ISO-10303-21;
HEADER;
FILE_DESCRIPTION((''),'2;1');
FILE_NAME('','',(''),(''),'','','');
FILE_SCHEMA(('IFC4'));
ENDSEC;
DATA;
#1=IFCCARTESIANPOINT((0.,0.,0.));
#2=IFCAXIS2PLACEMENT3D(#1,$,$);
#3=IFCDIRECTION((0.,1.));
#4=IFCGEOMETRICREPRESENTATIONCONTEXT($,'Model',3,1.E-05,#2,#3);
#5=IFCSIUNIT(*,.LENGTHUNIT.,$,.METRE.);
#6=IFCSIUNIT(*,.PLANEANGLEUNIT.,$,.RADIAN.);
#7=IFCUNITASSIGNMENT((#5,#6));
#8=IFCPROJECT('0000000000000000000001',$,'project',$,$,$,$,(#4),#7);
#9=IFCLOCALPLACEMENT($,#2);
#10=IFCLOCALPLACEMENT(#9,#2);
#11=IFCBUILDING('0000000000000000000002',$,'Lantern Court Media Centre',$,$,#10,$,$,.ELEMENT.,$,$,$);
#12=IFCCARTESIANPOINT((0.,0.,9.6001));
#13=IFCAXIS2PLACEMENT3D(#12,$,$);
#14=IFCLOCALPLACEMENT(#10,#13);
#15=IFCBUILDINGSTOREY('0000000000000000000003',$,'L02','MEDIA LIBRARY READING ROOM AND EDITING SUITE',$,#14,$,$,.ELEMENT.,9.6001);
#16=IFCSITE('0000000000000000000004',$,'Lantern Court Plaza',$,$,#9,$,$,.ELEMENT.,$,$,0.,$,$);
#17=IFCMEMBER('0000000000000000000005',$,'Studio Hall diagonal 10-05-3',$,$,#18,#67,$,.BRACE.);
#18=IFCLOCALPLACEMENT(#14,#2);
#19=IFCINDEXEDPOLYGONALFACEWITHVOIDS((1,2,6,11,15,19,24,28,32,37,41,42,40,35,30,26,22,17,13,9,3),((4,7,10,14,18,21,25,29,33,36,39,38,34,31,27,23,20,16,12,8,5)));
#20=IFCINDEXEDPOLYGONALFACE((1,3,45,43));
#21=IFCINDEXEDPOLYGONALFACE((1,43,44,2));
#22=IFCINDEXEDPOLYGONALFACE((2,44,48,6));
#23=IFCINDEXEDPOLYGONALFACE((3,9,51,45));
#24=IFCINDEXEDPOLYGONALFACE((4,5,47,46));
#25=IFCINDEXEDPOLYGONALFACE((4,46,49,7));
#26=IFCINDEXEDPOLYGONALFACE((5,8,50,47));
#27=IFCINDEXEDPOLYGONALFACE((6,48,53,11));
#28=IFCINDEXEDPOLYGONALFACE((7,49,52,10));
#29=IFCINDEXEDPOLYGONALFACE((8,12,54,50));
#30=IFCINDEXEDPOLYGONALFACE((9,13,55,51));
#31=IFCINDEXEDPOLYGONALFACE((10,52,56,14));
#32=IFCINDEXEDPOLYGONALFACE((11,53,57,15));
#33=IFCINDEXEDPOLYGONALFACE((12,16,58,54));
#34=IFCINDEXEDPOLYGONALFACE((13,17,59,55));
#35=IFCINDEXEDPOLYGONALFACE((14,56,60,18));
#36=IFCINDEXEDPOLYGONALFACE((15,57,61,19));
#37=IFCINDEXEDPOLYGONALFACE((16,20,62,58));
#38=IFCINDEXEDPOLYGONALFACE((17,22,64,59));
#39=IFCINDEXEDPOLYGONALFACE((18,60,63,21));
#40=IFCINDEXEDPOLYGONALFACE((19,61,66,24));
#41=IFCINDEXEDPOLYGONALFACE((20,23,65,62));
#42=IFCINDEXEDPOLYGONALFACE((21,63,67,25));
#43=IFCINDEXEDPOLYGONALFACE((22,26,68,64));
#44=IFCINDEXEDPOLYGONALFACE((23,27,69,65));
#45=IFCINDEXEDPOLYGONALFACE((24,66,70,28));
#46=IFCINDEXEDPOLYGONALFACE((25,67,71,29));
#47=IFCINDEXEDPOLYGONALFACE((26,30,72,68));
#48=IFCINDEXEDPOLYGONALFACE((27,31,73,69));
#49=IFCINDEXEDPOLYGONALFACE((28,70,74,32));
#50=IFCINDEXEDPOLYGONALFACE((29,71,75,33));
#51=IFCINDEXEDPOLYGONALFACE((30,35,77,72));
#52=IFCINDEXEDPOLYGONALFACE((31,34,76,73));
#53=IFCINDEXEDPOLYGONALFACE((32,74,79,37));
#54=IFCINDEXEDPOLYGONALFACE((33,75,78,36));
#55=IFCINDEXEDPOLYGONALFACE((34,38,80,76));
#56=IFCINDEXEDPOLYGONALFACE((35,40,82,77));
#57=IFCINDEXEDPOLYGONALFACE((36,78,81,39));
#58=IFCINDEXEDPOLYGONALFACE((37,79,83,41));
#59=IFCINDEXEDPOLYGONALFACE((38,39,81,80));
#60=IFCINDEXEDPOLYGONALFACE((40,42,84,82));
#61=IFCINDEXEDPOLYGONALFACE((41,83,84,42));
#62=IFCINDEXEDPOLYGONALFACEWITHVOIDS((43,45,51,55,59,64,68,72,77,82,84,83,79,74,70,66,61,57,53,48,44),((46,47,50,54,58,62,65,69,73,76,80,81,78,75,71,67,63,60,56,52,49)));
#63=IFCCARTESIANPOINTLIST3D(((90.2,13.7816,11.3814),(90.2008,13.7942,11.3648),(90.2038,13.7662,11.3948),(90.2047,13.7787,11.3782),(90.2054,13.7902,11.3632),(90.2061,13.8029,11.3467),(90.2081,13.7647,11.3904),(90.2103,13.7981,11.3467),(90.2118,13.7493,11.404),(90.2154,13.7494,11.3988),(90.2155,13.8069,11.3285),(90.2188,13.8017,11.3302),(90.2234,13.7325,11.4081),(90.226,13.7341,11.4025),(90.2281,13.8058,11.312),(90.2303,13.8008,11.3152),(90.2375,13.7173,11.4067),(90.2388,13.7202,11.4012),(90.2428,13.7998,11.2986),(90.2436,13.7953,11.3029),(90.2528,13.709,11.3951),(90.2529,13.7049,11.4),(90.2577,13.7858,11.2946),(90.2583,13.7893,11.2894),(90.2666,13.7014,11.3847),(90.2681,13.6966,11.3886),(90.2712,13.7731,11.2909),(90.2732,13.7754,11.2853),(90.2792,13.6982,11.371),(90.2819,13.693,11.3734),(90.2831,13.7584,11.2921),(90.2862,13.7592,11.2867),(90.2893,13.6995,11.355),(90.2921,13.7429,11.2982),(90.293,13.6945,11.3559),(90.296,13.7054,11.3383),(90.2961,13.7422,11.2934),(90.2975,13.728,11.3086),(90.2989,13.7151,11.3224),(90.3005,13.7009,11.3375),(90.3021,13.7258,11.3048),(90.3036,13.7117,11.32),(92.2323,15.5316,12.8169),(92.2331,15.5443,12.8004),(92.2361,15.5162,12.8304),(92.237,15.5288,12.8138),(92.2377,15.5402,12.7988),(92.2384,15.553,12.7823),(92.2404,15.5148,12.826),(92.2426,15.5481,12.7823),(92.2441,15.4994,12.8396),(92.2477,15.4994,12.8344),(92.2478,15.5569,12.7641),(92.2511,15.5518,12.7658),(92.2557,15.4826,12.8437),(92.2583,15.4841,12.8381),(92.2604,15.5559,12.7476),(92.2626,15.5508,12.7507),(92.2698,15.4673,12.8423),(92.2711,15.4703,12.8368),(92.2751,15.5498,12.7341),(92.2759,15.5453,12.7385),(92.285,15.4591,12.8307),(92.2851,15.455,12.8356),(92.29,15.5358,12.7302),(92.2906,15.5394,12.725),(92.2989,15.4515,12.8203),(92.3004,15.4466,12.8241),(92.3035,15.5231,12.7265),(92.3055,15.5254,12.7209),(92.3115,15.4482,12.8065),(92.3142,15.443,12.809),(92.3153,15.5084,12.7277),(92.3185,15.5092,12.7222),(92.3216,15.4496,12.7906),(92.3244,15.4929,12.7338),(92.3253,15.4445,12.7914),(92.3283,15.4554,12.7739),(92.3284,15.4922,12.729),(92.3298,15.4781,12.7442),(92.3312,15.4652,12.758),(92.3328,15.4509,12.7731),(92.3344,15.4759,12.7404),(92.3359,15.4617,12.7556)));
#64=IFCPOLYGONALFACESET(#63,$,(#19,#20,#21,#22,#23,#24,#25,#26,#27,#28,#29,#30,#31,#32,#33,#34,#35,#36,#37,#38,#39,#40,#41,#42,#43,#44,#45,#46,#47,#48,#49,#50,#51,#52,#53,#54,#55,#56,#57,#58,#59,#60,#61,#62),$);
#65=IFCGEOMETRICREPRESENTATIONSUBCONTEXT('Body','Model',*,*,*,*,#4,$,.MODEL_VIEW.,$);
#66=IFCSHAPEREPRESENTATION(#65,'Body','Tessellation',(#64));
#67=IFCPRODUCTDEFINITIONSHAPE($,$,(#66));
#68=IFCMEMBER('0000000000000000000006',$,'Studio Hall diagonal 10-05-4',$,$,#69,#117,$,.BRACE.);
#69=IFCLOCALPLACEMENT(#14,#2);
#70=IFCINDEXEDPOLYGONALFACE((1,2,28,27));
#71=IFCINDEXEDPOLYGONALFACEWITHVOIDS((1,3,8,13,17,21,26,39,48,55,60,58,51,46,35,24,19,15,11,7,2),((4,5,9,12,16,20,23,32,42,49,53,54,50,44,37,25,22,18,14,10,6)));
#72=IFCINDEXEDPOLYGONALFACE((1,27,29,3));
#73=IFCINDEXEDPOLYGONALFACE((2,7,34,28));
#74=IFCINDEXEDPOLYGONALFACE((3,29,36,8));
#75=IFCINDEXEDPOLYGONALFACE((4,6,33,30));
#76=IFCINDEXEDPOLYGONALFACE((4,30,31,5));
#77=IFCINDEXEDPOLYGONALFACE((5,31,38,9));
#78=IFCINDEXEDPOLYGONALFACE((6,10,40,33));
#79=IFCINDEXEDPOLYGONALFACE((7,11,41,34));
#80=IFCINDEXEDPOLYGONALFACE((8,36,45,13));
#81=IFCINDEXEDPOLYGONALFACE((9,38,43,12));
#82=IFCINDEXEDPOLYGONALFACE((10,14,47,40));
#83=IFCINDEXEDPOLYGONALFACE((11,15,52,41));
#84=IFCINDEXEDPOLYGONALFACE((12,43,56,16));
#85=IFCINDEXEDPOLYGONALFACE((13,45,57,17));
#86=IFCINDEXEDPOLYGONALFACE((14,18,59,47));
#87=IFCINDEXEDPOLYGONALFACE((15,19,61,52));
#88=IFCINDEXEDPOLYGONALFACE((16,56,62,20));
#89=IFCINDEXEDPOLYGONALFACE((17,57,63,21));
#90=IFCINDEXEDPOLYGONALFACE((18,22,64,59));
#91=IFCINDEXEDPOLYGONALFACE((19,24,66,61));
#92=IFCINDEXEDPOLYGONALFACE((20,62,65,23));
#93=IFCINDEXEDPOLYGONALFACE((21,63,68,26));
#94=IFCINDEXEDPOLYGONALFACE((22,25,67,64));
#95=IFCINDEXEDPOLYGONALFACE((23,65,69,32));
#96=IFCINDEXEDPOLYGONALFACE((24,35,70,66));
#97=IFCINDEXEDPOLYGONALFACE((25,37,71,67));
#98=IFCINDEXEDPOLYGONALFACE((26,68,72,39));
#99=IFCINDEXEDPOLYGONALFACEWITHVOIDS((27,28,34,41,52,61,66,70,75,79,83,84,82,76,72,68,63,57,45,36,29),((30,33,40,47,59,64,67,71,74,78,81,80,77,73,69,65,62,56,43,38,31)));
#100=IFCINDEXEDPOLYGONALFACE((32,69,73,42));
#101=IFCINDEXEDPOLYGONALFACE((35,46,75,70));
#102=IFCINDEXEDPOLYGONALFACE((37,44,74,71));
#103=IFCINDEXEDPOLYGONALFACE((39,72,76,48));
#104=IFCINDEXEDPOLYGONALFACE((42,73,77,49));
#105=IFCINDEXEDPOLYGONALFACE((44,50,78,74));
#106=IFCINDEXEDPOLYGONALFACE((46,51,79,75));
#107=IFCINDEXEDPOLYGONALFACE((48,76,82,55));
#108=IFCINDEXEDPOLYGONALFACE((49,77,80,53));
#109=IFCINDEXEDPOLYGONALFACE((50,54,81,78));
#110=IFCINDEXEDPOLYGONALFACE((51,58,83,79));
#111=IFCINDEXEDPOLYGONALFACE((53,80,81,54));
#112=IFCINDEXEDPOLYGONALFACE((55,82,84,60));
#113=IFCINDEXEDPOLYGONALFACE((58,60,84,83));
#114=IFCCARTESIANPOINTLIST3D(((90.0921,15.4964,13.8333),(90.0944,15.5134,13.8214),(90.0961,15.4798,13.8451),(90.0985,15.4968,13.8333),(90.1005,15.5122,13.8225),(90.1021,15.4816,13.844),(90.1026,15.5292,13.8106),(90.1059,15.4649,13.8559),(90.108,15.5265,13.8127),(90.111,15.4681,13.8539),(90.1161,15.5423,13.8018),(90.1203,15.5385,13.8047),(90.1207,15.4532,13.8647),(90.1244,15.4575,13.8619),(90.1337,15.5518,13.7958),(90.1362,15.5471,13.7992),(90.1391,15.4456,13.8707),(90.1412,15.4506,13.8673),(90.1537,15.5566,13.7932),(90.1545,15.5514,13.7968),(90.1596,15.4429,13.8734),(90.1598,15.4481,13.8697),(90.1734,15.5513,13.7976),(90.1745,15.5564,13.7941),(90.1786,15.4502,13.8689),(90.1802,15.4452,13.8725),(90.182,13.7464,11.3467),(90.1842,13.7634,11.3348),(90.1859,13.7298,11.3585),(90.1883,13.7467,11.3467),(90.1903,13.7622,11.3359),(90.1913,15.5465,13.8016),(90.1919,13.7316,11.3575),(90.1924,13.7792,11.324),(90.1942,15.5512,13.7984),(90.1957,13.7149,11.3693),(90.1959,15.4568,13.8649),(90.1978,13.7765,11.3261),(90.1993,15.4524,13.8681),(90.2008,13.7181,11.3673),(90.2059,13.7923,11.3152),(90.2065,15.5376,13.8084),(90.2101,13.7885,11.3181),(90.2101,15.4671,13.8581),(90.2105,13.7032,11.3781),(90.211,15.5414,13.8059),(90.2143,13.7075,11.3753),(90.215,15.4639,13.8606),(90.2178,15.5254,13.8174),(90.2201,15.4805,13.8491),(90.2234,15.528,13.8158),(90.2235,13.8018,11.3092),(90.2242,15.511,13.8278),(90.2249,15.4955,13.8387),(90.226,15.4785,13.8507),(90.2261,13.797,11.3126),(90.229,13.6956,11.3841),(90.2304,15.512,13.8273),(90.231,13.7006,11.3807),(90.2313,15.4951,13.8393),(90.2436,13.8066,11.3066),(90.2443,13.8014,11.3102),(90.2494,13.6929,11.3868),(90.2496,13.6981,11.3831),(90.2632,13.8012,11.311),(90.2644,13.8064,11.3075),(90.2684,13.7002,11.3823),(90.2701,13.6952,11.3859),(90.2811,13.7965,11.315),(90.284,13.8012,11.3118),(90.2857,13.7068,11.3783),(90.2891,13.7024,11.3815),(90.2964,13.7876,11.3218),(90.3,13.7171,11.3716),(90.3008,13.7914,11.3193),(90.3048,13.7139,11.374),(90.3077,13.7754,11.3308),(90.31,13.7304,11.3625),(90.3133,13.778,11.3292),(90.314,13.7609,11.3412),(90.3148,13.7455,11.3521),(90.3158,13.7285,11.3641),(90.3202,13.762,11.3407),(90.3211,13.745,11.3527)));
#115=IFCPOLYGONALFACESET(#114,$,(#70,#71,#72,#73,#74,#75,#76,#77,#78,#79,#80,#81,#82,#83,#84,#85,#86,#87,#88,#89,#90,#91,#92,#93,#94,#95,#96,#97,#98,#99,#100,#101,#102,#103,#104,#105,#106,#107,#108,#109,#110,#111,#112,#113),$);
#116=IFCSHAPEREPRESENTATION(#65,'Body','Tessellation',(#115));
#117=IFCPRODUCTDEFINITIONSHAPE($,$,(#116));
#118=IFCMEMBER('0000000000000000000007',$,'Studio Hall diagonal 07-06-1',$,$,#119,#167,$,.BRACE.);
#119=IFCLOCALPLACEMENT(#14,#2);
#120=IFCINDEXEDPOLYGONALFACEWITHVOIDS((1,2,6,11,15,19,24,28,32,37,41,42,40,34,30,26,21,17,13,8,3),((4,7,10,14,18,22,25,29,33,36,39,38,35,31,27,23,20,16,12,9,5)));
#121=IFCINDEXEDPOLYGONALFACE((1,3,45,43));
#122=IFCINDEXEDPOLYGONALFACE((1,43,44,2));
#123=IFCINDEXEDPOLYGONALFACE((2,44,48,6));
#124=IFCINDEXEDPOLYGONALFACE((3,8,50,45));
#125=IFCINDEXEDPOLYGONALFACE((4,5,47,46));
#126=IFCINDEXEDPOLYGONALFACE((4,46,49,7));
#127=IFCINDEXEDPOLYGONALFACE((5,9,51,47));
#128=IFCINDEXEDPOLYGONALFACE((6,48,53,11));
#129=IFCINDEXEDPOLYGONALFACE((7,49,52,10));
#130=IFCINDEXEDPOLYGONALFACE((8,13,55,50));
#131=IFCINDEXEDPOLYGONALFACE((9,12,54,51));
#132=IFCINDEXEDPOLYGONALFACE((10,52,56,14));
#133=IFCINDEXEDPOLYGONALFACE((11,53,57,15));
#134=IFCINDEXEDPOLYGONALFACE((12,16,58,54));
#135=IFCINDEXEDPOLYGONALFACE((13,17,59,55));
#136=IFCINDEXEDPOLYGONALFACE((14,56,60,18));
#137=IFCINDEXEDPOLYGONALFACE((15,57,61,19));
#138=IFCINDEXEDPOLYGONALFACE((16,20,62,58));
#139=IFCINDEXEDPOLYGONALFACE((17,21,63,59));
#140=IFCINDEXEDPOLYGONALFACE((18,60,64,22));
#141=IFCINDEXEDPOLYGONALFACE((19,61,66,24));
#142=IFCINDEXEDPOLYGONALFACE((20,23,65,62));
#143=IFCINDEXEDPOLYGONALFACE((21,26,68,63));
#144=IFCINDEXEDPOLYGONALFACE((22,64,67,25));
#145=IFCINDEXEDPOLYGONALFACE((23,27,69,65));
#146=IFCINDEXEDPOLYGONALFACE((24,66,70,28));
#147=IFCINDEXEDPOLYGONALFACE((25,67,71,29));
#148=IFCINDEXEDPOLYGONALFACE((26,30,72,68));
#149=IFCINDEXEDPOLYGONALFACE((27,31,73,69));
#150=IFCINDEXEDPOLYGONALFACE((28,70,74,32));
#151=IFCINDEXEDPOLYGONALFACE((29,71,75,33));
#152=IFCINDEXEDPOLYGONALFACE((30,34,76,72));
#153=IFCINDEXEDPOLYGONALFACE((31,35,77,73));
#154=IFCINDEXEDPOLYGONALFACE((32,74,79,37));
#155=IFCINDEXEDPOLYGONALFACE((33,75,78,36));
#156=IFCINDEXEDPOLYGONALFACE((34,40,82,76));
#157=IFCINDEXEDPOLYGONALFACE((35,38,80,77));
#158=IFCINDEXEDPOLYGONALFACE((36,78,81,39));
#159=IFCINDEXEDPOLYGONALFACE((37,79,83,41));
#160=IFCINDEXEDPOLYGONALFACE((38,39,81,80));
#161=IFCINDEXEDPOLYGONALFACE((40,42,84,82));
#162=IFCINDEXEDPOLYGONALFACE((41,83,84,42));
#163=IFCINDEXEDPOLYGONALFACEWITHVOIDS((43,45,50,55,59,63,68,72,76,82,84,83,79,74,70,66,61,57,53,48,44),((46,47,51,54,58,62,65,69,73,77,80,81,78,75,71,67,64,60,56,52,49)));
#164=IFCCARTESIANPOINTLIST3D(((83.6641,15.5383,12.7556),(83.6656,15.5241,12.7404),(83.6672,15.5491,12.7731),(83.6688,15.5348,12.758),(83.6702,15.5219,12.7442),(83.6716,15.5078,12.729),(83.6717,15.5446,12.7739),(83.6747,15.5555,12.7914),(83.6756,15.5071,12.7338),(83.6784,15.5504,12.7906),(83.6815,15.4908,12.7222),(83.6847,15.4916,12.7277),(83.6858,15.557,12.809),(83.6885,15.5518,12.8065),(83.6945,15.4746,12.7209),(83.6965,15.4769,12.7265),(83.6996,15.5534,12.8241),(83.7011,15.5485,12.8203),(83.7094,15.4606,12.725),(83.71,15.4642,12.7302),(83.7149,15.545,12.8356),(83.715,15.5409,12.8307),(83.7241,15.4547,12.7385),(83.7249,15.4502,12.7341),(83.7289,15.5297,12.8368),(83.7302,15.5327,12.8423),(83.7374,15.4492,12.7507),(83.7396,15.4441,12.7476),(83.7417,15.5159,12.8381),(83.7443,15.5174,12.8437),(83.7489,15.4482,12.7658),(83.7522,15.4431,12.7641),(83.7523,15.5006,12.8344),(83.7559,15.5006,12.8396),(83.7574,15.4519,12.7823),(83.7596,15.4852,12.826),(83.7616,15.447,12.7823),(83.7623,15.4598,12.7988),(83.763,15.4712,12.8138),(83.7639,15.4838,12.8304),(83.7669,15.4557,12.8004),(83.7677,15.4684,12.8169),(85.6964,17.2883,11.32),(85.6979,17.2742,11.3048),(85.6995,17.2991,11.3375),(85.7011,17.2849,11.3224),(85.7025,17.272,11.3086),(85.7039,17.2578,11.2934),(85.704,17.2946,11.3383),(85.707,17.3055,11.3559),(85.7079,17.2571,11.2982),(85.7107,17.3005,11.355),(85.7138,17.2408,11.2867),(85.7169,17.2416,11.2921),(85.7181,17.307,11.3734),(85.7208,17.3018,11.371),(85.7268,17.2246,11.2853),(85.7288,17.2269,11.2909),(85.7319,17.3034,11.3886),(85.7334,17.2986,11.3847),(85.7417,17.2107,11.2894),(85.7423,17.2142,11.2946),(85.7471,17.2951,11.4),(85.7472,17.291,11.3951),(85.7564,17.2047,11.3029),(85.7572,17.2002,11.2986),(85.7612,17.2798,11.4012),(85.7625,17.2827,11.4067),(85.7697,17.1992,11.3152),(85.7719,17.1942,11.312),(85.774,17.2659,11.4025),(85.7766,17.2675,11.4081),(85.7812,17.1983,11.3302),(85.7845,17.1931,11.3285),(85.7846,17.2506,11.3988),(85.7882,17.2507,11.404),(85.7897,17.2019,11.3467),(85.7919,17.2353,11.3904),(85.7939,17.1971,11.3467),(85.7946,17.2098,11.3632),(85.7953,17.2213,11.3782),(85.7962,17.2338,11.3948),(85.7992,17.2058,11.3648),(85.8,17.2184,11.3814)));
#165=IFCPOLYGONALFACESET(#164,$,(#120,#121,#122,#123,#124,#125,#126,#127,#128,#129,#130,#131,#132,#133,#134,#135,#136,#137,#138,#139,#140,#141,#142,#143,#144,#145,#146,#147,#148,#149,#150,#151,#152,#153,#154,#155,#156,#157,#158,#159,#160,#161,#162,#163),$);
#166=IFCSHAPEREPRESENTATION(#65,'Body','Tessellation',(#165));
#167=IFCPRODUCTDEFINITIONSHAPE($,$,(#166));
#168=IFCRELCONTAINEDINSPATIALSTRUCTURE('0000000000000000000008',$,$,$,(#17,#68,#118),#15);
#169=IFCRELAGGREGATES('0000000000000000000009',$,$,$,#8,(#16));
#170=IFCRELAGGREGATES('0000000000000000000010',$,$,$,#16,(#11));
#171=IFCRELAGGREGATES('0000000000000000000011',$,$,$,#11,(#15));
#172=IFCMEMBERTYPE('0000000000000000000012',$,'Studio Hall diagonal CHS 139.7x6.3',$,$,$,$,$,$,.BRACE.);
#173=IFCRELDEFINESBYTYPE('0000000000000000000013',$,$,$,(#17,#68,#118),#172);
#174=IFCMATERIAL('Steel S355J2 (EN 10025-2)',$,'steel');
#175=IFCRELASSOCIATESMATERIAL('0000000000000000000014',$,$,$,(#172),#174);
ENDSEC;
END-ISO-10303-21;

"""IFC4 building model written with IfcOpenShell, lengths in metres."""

from ifc_helpers import new_model, si_unit, direction, frame, origin, origin_2d, place, context, subcontext, project, spatial, hollow_circle, extrude, material, material_profile, profile_set, type_object, element, save


model = new_model("IFC4")

# Units and contexts
model_context = context("Model", 3, precision=1e-05, world=origin(), true_north=direction((0.0, 1.0)))
body_context = subcontext(model_context, "Body", "Model", "MODEL_VIEW")
ifc_project = project(units=[si_unit("LENGTHUNIT", "METRE"), si_unit("PLANEANGLEUNIT", "RADIAN")], contexts=[model_context])

# Site, building, storey
site_placement = place(None, origin())
site = spatial("IfcSite", under=ifc_project, at=site_placement, Name="Lantern Court Plaza", CompositionType="ELEMENT", RefElevation=0.0)
building_placement = place(site_placement, origin())
building = spatial("IfcBuilding", under=site, at=building_placement, Name="Lantern Court Media Centre", CompositionType="ELEMENT")
storey_placement = place(building_placement, frame((0.0, 0.0, 9.6001)))
storey = spatial("IfcBuildingStorey", under=building, at=storey_placement, Name="L02", Description="MEDIA LIBRARY READING ROOM AND EDITING SUITE", CompositionType="ELEMENT", Elevation=9.6001)

# Members
ifc_material = material(Name="Steel S355J2 (EN 10025-2)", Category="steel")
ifc_material_profile_1 = material_profile(ifc_material, hollow_circle(Radius=0.0698, WallThickness=0.0063, at=origin_2d()), Name="Studio Hall diagonal CHS 139.7x6.3")
ifc_profile_set_1 = profile_set([ifc_material_profile_1], Name="Steel S355J2 (EN 10025-2)")
member_type_1 = type_object("IfcMemberType", Name="Studio Hall diagonal CHS 139.7x6.3", PredefinedType="BRACE", material=ifc_profile_set_1)
for number, where, z_axis, x_axis, name in (
    (1, (90.2517, 13.75, 11.3467), (0.668075, 0.575296, 0.471922), (-0.652529, 0.757764, 0.0), "Studio Hall diagonal 10-05-3"),
    (2, (90.2517, 13.75, 11.3467), (-0.029535, 0.575284, 0.81742), (-0.998685, -0.051272, 0.0), "Studio Hall diagonal 10-05-4"),
    (3, (85.7483, 17.25, 11.3467), (-0.668075, -0.575296, 0.471922), (0.652529, -0.757764, 0.0), "Studio Hall diagonal 07-06-1"),
):
    element("IfcMember", number, at=place(storey_placement, frame(where, z_axis=z_axis, x_axis=x_axis)), inside=storey, type_object=member_type_1, Name=name, PredefinedType="BRACE", context=body_context, shape_type="SweptSolid", body=[
        extrude(hollow_circle(Radius=0.0698, WallThickness=0.0063, at=origin_2d()), origin(), (0.0, 0.0, 1.0), 3.042),
    ])

save(model, "model.ifc")
